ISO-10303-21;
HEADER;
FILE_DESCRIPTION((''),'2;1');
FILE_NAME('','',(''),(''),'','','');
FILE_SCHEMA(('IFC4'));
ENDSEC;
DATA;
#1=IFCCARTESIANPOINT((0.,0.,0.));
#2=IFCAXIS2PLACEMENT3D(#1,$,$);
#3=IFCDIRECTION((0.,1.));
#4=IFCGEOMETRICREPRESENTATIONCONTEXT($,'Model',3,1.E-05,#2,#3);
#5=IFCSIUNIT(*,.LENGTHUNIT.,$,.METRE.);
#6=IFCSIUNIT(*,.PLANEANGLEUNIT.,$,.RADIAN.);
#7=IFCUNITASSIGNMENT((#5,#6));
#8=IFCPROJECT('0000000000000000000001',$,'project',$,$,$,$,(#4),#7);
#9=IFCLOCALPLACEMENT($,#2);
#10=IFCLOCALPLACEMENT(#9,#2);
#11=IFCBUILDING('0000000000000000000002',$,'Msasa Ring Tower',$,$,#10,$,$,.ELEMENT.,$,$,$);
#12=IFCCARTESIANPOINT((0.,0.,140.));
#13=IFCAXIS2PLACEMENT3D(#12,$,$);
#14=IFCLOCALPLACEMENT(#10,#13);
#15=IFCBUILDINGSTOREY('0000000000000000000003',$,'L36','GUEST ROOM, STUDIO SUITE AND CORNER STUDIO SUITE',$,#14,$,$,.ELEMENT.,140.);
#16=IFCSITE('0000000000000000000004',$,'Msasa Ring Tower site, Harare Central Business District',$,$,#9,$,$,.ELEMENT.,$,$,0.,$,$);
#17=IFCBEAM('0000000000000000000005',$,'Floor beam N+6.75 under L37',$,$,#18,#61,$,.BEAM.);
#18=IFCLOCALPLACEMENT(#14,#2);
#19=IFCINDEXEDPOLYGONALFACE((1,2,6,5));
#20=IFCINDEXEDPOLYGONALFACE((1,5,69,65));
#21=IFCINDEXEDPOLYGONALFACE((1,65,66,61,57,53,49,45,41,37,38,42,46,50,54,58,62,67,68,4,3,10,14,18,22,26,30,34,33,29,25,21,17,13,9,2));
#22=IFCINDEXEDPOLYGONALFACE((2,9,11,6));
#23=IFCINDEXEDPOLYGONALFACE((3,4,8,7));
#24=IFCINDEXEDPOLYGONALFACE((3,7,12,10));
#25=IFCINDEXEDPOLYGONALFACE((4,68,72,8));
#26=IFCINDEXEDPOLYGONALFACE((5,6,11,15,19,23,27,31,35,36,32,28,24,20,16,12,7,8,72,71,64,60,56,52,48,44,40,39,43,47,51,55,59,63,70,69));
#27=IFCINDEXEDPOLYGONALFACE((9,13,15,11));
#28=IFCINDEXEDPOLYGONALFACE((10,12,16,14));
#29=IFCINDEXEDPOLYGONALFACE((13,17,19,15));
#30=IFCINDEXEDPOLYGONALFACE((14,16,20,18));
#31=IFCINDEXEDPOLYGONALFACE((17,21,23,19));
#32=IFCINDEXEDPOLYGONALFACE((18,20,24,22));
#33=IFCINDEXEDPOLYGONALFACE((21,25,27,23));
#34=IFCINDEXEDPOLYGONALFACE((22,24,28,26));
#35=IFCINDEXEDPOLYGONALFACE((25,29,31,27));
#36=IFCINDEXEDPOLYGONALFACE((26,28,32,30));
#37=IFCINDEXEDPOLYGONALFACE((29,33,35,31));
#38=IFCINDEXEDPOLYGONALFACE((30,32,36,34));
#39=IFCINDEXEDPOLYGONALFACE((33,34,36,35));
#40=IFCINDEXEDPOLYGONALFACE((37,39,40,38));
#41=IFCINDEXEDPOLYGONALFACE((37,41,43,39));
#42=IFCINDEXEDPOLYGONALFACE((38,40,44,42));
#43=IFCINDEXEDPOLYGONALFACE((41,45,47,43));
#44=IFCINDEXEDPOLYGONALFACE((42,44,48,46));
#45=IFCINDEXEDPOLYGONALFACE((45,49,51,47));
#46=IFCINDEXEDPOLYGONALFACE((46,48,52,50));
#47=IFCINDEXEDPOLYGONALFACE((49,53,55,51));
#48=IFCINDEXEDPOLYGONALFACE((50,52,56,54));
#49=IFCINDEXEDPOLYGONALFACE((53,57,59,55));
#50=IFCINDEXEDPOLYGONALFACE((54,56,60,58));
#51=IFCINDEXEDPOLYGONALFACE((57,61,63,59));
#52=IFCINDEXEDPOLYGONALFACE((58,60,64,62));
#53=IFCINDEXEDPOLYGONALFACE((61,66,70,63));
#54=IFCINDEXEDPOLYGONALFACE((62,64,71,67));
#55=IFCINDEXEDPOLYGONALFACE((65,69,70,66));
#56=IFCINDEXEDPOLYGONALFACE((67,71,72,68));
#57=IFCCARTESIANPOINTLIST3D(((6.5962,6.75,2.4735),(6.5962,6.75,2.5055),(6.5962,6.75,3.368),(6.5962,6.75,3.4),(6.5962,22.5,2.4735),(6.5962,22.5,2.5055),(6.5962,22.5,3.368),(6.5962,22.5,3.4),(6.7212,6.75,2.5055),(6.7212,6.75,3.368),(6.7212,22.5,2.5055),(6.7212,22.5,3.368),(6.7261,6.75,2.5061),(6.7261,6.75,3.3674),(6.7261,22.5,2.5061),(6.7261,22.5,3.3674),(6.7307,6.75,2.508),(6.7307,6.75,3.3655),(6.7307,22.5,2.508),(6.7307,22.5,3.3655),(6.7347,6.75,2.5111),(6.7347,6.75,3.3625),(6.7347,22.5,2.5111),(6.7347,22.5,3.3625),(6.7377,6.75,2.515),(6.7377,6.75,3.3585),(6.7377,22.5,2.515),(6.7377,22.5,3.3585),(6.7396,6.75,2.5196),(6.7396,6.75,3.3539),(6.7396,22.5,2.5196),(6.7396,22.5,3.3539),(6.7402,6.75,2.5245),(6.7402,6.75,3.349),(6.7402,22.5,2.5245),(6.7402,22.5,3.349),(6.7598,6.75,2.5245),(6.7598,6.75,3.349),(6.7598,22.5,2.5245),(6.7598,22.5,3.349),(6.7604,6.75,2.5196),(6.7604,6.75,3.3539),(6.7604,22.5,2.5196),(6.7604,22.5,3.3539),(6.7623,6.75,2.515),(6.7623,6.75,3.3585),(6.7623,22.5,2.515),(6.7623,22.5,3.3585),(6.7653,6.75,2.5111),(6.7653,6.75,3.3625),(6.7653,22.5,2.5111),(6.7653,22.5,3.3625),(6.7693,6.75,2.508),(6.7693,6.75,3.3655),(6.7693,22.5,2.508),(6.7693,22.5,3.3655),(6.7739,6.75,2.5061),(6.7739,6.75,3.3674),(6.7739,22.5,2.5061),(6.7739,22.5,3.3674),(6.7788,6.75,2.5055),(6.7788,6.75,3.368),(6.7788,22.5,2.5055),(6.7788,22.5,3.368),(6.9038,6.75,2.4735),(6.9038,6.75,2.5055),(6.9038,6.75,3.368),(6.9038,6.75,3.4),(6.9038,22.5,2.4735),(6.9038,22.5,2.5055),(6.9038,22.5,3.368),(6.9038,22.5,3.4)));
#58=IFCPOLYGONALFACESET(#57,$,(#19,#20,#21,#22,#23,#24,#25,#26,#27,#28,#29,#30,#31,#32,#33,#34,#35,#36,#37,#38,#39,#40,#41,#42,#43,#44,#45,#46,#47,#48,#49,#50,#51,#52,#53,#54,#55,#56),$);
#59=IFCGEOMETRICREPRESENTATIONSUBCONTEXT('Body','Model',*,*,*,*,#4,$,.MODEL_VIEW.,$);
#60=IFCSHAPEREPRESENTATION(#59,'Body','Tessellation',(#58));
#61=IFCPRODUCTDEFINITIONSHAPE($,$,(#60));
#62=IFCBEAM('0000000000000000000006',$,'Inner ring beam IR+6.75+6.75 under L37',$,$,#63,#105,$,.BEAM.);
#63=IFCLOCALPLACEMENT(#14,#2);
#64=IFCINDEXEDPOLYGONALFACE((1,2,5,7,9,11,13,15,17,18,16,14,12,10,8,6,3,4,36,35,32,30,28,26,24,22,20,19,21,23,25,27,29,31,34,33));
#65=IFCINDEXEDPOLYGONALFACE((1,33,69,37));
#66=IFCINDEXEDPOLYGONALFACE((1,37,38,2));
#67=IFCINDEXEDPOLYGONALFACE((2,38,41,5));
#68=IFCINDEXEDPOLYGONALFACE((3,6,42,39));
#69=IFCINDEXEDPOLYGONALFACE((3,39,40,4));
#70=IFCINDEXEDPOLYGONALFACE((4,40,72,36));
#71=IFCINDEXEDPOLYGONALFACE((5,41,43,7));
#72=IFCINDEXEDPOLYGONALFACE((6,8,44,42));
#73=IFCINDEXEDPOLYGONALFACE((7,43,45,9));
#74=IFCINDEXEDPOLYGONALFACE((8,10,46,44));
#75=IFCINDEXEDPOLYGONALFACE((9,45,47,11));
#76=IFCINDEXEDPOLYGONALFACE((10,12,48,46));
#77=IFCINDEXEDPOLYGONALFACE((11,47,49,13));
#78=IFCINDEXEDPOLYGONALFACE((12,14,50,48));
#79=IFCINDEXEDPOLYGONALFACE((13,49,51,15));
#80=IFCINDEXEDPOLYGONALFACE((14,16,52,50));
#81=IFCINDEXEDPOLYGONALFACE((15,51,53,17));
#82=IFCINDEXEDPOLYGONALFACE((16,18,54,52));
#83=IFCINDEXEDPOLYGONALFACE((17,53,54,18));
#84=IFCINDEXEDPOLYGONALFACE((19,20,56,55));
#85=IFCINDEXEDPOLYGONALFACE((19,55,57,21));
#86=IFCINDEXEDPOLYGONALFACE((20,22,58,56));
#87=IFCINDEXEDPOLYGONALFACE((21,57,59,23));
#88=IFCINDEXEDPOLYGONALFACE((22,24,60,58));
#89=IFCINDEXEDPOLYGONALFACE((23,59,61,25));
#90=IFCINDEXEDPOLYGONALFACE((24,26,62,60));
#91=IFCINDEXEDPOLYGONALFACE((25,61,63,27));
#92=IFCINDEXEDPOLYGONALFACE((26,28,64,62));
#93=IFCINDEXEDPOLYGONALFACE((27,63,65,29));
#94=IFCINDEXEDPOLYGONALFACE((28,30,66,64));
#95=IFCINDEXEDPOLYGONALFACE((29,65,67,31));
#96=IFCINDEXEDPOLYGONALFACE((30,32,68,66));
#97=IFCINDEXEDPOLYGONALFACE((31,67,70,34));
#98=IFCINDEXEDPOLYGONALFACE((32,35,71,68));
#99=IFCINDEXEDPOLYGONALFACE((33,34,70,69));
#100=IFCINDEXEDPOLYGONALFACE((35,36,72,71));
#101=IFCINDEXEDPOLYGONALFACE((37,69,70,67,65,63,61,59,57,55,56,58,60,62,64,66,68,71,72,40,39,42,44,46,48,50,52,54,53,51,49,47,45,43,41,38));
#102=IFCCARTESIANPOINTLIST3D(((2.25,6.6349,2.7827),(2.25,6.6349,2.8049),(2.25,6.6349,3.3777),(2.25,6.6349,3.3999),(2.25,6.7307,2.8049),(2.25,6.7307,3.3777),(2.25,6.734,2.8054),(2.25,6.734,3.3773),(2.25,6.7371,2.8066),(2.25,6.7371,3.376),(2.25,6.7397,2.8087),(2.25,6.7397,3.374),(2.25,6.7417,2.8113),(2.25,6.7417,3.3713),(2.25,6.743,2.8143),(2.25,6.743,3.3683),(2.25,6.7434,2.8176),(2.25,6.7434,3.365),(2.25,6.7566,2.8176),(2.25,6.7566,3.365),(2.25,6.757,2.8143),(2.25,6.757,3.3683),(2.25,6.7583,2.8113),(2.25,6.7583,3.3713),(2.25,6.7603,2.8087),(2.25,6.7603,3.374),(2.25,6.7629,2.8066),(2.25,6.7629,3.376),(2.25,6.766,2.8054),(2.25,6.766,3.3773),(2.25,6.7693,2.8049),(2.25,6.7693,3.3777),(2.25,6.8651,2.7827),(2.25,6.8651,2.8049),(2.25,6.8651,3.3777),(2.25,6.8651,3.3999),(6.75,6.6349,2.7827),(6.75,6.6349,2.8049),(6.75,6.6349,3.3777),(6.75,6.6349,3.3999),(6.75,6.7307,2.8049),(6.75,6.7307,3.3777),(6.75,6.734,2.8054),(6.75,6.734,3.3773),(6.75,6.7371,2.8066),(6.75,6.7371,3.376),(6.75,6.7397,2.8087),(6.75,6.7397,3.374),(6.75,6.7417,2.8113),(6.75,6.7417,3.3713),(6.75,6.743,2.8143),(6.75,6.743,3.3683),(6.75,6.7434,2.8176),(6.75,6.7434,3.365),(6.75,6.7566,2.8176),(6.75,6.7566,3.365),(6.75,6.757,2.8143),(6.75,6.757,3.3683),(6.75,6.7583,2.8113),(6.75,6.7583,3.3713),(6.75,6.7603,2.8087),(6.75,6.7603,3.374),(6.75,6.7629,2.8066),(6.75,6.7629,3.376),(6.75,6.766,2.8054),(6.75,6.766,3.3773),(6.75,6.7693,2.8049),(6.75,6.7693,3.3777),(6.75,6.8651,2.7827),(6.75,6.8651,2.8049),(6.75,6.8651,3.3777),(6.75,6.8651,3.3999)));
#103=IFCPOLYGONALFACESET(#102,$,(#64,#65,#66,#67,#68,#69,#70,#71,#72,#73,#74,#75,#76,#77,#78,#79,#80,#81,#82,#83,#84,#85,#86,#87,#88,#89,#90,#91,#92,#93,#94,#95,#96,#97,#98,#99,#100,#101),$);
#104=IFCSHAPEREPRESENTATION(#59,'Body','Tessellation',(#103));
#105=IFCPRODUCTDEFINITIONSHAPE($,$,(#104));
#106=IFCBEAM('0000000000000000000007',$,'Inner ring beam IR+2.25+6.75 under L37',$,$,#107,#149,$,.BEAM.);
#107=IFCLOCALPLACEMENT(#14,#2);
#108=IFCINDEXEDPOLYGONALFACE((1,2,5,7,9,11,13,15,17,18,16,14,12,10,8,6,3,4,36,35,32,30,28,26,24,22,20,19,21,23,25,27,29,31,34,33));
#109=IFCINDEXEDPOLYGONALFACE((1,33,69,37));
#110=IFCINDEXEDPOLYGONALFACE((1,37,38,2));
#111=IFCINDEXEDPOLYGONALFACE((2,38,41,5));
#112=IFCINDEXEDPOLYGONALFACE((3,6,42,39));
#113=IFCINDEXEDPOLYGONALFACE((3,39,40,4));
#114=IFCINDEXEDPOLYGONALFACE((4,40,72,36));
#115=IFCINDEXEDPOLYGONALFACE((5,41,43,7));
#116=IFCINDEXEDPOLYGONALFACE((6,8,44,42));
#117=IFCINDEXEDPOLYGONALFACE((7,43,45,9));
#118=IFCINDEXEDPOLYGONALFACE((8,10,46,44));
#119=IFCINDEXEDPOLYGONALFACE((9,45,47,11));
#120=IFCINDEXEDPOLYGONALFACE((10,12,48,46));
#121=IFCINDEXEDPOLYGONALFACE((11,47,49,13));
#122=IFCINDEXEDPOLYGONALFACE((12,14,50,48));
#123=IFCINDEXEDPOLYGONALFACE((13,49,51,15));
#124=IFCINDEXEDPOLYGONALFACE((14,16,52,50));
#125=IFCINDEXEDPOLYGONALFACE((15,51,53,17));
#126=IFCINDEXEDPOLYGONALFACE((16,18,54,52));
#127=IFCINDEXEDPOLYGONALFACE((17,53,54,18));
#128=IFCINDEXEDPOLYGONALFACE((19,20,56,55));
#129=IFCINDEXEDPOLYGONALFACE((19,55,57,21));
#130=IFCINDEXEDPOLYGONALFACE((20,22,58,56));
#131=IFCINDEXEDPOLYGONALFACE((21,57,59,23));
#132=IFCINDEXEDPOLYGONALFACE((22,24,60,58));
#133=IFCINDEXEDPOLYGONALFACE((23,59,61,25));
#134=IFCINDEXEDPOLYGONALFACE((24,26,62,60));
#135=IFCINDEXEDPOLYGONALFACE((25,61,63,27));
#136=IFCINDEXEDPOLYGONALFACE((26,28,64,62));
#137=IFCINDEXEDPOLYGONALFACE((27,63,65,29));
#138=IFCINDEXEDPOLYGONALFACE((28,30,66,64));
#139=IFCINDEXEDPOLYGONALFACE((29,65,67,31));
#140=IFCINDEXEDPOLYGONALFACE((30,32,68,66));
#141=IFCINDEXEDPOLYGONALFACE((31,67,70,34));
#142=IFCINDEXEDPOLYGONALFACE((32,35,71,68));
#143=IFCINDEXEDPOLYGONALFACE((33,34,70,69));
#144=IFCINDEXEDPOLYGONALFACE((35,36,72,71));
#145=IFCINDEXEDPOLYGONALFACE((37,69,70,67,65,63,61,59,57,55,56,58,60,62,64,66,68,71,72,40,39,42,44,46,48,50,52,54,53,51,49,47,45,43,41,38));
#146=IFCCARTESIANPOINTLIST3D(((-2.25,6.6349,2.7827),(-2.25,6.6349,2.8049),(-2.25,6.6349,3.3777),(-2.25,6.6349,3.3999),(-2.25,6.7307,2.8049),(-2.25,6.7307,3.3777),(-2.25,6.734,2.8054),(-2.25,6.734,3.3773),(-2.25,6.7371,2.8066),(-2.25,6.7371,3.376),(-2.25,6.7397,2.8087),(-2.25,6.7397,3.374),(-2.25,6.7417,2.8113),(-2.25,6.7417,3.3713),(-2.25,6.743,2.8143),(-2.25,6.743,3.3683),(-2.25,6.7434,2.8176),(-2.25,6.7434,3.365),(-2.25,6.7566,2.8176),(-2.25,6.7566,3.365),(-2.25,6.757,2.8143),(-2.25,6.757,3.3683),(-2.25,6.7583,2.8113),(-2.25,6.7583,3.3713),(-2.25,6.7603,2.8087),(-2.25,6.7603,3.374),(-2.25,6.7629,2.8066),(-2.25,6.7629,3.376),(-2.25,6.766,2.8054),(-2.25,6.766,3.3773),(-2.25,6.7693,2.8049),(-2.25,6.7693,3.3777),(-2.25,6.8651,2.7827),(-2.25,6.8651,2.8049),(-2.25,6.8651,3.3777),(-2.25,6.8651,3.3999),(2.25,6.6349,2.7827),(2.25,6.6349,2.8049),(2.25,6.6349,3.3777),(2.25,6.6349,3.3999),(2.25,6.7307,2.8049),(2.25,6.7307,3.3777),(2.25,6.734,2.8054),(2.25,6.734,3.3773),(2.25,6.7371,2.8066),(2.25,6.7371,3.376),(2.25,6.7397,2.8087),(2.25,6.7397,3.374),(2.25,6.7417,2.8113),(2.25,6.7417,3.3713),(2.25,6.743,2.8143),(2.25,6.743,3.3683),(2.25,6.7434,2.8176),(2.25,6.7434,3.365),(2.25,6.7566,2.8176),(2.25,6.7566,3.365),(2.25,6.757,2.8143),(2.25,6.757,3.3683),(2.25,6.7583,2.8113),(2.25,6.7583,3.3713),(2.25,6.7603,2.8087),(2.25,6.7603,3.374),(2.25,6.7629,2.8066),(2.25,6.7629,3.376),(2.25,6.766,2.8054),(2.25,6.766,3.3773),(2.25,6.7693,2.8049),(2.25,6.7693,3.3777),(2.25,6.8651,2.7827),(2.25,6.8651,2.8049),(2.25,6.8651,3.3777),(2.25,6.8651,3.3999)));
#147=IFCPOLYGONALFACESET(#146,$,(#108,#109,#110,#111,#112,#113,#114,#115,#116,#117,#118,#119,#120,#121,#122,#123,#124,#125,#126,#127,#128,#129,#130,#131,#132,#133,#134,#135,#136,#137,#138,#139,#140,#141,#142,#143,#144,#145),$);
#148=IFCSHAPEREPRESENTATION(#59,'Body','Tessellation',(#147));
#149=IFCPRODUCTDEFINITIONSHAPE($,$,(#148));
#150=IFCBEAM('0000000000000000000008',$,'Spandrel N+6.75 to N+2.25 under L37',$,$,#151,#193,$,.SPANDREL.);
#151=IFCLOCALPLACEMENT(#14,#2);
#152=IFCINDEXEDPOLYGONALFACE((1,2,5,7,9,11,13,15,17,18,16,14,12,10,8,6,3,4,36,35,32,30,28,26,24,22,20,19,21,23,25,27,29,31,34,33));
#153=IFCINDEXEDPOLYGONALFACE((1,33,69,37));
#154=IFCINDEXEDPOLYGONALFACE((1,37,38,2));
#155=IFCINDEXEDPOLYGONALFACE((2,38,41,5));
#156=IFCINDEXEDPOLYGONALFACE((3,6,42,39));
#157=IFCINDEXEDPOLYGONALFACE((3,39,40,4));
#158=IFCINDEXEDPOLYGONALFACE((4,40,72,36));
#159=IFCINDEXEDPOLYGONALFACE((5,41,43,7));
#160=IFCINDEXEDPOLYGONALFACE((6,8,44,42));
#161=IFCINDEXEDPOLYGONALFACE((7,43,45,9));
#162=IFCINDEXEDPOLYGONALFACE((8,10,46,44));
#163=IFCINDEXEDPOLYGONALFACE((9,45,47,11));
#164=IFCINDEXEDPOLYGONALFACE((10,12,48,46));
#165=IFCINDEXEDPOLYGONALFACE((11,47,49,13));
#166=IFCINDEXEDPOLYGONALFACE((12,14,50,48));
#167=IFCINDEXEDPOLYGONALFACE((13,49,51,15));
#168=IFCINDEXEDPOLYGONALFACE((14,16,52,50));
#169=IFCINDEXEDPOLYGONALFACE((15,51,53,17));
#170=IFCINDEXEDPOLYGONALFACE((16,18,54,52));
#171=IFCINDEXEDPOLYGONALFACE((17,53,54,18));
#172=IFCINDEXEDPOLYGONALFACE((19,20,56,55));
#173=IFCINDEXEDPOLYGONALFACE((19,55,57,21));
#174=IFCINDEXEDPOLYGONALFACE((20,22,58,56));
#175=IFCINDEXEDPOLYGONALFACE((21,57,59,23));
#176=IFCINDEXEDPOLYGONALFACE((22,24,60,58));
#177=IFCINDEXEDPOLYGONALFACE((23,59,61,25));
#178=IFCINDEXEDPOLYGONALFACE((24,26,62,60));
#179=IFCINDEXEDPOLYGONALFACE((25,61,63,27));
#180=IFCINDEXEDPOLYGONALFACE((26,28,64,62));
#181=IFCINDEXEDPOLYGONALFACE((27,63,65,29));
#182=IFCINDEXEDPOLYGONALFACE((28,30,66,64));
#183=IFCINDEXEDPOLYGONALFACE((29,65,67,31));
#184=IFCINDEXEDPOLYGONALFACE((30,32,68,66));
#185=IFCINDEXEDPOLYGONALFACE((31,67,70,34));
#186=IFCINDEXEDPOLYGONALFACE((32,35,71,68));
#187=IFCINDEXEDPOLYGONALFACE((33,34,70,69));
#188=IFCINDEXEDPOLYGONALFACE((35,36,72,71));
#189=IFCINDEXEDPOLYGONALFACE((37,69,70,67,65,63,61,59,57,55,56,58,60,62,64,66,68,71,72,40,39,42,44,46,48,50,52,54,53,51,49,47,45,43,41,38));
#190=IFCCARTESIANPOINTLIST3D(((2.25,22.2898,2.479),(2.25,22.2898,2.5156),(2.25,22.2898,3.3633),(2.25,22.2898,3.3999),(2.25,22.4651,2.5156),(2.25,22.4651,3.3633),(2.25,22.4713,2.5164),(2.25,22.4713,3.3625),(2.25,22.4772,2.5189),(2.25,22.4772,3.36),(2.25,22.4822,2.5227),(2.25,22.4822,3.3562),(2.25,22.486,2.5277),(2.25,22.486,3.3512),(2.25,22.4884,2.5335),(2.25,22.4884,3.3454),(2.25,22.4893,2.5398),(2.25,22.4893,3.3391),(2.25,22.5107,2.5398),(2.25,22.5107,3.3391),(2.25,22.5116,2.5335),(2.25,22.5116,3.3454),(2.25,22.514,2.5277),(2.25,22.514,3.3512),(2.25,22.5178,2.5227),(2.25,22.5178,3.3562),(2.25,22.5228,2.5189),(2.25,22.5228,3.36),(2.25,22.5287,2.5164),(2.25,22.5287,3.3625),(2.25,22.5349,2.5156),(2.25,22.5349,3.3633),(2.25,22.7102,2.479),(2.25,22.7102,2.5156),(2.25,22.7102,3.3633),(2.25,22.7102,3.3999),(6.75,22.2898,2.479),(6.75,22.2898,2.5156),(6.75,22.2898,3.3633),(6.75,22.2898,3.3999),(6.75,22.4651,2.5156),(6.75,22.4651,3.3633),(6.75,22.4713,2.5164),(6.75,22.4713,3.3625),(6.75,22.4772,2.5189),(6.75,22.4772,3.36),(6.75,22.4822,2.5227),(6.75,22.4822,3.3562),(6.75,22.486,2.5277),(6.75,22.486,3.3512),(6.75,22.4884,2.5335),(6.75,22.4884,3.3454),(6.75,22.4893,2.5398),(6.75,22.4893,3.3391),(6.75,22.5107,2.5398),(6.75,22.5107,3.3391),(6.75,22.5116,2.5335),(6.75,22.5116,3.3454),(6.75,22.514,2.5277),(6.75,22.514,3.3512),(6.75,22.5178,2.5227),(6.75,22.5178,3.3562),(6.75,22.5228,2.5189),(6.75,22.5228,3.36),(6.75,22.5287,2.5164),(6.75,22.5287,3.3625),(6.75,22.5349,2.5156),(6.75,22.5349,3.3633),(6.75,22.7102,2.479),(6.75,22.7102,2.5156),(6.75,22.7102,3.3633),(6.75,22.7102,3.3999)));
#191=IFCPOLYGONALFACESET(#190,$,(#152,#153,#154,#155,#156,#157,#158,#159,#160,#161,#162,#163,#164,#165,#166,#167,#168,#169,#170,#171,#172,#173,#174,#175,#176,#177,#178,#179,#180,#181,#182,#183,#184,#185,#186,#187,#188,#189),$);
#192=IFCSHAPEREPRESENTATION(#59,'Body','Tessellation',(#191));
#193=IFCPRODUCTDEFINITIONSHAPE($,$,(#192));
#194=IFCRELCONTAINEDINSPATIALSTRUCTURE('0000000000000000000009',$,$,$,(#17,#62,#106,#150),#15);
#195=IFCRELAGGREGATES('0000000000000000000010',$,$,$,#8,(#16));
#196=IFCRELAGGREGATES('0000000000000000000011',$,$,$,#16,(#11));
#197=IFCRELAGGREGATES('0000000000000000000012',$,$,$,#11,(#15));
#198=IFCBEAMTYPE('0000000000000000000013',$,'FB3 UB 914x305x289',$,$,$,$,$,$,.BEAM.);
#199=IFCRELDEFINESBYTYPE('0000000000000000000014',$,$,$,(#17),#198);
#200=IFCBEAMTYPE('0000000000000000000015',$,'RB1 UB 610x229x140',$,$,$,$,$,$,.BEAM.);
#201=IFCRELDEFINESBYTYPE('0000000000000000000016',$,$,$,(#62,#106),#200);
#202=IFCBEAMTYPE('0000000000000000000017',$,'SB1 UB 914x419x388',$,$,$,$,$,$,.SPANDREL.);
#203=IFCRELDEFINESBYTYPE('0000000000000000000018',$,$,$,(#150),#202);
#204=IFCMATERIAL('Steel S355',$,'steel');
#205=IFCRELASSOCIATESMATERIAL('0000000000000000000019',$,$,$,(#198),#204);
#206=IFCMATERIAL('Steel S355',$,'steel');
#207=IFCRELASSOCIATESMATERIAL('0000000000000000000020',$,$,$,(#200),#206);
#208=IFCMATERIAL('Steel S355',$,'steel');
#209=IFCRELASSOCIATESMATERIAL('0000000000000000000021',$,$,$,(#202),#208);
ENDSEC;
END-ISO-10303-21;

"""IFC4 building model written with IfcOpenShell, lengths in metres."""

from ifc_helpers import new_model, si_unit, direction, frame, origin, origin_2d, place, context, subcontext, project, spatial, i_section, extrude, material, material_profile, profile_set, type_object, element, save


model = new_model("IFC4")

# Units and contexts
model_context = context("Model", 3, precision=1e-05, world=origin(), true_north=direction((0.0, 1.0)))
body_context = subcontext(model_context, "Body", "Model", "MODEL_VIEW")
ifc_project = project(units=[si_unit("LENGTHUNIT", "METRE"), si_unit("PLANEANGLEUNIT", "RADIAN")], contexts=[model_context])

# Site, building, storey
site_placement = place(None, origin())
site = spatial("IfcSite", under=ifc_project, at=site_placement, Name="Msasa Ring Tower site, Harare Central Business District", CompositionType="ELEMENT", RefElevation=0.0)
building_placement = place(site_placement, origin())
building = spatial("IfcBuilding", under=site, at=building_placement, Name="Msasa Ring Tower", CompositionType="ELEMENT")
storey_placement = place(building_placement, frame((0.0, 0.0, 140.0)))
storey = spatial("IfcBuildingStorey", under=building, at=storey_placement, Name="L36", Description="GUEST ROOM, STUDIO SUITE AND CORNER STUDIO SUITE", CompositionType="ELEMENT", Elevation=140.0)

# Beams
ifc_material_1 = material(Name="Steel S355", Category="steel")
ifc_material_profile_1 = material_profile(ifc_material_1, i_section(OverallWidth=0.3076, OverallDepth=0.9265, WebThickness=0.0195, FlangeThickness=0.032, FilletRadius=0.019, at=origin_2d()), Name="UB 914x305x289")
ifc_profile_set_1 = profile_set([ifc_material_profile_1], Name="Steel S355")
beam_type_1 = type_object("IfcBeamType", Name="FB3 UB 914x305x289", PredefinedType="BEAM", material=ifc_profile_set_1)
for number, where, z_axis, x_axis, name in (
    (1, (6.75, 22.5, 2.9368), (0.0, -1.0, 0.0), (1.0, 0.0, 0.0), "Floor beam N+6.75 under L37"),
):
    element("IfcBeam", number, at=place(storey_placement, frame(where, z_axis=z_axis, x_axis=x_axis)), inside=storey, type_object=beam_type_1, Name=name, PredefinedType="BEAM", context=body_context, shape_type="SweptSolid", body=[
        extrude(i_section(OverallWidth=0.3076, OverallDepth=0.9265, WebThickness=0.0195, FlangeThickness=0.032, FilletRadius=0.019, at=origin_2d()), origin(), (0.0, 0.0, 1.0), 15.75),
    ])
ifc_material_2 = material(Name="Steel S355", Category="steel")
ifc_material_profile_2 = material_profile(ifc_material_2, i_section(OverallWidth=0.2302, OverallDepth=0.6172, WebThickness=0.0132, FlangeThickness=0.0222, FilletRadius=0.0127, at=origin_2d()), Name="UB 610x229x140")
ifc_profile_set_2 = profile_set([ifc_material_profile_2], Name="Steel S355")
beam_type_2 = type_object("IfcBeamType", Name="RB1 UB 610x229x140", PredefinedType="BEAM", material=ifc_profile_set_2)
for number, where, z_axis, x_axis, name in (
    (2, (6.75, 6.75, 3.0913), (-1.0, 0.0, 0.0), (0.0, -1.0, 0.0), "Inner ring beam IR+6.75+6.75 under L37"),
    (3, (2.25, 6.75, 3.0913), (-1.0, 0.0, 0.0), (0.0, -1.0, 0.0), "Inner ring beam IR+2.25+6.75 under L37"),
):
    element("IfcBeam", number, at=place(storey_placement, frame(where, z_axis=z_axis, x_axis=x_axis)), inside=storey, type_object=beam_type_2, Name=name, PredefinedType="BEAM", context=body_context, shape_type="SweptSolid", body=[
        extrude(i_section(OverallWidth=0.2302, OverallDepth=0.6172, WebThickness=0.0132, FlangeThickness=0.0222, FilletRadius=0.0127, at=origin_2d()), origin(), (0.0, 0.0, 1.0), 4.5),
    ])
ifc_material_3 = material(Name="Steel S355", Category="steel")
ifc_material_profile_3 = material_profile(ifc_material_3, i_section(OverallWidth=0.4204, OverallDepth=0.9209, WebThickness=0.0215, FlangeThickness=0.0366, FilletRadius=0.0242, at=origin_2d()), Name="UB 914x419x388")
ifc_profile_set_3 = profile_set([ifc_material_profile_3], Name="Steel S355")
beam_type_3 = type_object("IfcBeamType", Name="SB1 UB 914x419x388", PredefinedType="SPANDREL", material=ifc_profile_set_3)
for number, where, z_axis, x_axis, name in (
    (4, (6.75, 22.5, 2.9395), (-1.0, 0.0, 0.0), (0.0, -1.0, 0.0), "Spandrel N+6.75 to N+2.25 under L37"),
):
    element("IfcBeam", number, at=place(storey_placement, frame(where, z_axis=z_axis, x_axis=x_axis)), inside=storey, type_object=beam_type_3, Name=name, PredefinedType="SPANDREL", context=body_context, shape_type="SweptSolid", body=[
        extrude(i_section(OverallWidth=0.4204, OverallDepth=0.9209, WebThickness=0.0215, FlangeThickness=0.0366, FilletRadius=0.0242, at=origin_2d()), origin(), (0.0, 0.0, 1.0), 4.5),
    ])

save(model, "model.ifc")
